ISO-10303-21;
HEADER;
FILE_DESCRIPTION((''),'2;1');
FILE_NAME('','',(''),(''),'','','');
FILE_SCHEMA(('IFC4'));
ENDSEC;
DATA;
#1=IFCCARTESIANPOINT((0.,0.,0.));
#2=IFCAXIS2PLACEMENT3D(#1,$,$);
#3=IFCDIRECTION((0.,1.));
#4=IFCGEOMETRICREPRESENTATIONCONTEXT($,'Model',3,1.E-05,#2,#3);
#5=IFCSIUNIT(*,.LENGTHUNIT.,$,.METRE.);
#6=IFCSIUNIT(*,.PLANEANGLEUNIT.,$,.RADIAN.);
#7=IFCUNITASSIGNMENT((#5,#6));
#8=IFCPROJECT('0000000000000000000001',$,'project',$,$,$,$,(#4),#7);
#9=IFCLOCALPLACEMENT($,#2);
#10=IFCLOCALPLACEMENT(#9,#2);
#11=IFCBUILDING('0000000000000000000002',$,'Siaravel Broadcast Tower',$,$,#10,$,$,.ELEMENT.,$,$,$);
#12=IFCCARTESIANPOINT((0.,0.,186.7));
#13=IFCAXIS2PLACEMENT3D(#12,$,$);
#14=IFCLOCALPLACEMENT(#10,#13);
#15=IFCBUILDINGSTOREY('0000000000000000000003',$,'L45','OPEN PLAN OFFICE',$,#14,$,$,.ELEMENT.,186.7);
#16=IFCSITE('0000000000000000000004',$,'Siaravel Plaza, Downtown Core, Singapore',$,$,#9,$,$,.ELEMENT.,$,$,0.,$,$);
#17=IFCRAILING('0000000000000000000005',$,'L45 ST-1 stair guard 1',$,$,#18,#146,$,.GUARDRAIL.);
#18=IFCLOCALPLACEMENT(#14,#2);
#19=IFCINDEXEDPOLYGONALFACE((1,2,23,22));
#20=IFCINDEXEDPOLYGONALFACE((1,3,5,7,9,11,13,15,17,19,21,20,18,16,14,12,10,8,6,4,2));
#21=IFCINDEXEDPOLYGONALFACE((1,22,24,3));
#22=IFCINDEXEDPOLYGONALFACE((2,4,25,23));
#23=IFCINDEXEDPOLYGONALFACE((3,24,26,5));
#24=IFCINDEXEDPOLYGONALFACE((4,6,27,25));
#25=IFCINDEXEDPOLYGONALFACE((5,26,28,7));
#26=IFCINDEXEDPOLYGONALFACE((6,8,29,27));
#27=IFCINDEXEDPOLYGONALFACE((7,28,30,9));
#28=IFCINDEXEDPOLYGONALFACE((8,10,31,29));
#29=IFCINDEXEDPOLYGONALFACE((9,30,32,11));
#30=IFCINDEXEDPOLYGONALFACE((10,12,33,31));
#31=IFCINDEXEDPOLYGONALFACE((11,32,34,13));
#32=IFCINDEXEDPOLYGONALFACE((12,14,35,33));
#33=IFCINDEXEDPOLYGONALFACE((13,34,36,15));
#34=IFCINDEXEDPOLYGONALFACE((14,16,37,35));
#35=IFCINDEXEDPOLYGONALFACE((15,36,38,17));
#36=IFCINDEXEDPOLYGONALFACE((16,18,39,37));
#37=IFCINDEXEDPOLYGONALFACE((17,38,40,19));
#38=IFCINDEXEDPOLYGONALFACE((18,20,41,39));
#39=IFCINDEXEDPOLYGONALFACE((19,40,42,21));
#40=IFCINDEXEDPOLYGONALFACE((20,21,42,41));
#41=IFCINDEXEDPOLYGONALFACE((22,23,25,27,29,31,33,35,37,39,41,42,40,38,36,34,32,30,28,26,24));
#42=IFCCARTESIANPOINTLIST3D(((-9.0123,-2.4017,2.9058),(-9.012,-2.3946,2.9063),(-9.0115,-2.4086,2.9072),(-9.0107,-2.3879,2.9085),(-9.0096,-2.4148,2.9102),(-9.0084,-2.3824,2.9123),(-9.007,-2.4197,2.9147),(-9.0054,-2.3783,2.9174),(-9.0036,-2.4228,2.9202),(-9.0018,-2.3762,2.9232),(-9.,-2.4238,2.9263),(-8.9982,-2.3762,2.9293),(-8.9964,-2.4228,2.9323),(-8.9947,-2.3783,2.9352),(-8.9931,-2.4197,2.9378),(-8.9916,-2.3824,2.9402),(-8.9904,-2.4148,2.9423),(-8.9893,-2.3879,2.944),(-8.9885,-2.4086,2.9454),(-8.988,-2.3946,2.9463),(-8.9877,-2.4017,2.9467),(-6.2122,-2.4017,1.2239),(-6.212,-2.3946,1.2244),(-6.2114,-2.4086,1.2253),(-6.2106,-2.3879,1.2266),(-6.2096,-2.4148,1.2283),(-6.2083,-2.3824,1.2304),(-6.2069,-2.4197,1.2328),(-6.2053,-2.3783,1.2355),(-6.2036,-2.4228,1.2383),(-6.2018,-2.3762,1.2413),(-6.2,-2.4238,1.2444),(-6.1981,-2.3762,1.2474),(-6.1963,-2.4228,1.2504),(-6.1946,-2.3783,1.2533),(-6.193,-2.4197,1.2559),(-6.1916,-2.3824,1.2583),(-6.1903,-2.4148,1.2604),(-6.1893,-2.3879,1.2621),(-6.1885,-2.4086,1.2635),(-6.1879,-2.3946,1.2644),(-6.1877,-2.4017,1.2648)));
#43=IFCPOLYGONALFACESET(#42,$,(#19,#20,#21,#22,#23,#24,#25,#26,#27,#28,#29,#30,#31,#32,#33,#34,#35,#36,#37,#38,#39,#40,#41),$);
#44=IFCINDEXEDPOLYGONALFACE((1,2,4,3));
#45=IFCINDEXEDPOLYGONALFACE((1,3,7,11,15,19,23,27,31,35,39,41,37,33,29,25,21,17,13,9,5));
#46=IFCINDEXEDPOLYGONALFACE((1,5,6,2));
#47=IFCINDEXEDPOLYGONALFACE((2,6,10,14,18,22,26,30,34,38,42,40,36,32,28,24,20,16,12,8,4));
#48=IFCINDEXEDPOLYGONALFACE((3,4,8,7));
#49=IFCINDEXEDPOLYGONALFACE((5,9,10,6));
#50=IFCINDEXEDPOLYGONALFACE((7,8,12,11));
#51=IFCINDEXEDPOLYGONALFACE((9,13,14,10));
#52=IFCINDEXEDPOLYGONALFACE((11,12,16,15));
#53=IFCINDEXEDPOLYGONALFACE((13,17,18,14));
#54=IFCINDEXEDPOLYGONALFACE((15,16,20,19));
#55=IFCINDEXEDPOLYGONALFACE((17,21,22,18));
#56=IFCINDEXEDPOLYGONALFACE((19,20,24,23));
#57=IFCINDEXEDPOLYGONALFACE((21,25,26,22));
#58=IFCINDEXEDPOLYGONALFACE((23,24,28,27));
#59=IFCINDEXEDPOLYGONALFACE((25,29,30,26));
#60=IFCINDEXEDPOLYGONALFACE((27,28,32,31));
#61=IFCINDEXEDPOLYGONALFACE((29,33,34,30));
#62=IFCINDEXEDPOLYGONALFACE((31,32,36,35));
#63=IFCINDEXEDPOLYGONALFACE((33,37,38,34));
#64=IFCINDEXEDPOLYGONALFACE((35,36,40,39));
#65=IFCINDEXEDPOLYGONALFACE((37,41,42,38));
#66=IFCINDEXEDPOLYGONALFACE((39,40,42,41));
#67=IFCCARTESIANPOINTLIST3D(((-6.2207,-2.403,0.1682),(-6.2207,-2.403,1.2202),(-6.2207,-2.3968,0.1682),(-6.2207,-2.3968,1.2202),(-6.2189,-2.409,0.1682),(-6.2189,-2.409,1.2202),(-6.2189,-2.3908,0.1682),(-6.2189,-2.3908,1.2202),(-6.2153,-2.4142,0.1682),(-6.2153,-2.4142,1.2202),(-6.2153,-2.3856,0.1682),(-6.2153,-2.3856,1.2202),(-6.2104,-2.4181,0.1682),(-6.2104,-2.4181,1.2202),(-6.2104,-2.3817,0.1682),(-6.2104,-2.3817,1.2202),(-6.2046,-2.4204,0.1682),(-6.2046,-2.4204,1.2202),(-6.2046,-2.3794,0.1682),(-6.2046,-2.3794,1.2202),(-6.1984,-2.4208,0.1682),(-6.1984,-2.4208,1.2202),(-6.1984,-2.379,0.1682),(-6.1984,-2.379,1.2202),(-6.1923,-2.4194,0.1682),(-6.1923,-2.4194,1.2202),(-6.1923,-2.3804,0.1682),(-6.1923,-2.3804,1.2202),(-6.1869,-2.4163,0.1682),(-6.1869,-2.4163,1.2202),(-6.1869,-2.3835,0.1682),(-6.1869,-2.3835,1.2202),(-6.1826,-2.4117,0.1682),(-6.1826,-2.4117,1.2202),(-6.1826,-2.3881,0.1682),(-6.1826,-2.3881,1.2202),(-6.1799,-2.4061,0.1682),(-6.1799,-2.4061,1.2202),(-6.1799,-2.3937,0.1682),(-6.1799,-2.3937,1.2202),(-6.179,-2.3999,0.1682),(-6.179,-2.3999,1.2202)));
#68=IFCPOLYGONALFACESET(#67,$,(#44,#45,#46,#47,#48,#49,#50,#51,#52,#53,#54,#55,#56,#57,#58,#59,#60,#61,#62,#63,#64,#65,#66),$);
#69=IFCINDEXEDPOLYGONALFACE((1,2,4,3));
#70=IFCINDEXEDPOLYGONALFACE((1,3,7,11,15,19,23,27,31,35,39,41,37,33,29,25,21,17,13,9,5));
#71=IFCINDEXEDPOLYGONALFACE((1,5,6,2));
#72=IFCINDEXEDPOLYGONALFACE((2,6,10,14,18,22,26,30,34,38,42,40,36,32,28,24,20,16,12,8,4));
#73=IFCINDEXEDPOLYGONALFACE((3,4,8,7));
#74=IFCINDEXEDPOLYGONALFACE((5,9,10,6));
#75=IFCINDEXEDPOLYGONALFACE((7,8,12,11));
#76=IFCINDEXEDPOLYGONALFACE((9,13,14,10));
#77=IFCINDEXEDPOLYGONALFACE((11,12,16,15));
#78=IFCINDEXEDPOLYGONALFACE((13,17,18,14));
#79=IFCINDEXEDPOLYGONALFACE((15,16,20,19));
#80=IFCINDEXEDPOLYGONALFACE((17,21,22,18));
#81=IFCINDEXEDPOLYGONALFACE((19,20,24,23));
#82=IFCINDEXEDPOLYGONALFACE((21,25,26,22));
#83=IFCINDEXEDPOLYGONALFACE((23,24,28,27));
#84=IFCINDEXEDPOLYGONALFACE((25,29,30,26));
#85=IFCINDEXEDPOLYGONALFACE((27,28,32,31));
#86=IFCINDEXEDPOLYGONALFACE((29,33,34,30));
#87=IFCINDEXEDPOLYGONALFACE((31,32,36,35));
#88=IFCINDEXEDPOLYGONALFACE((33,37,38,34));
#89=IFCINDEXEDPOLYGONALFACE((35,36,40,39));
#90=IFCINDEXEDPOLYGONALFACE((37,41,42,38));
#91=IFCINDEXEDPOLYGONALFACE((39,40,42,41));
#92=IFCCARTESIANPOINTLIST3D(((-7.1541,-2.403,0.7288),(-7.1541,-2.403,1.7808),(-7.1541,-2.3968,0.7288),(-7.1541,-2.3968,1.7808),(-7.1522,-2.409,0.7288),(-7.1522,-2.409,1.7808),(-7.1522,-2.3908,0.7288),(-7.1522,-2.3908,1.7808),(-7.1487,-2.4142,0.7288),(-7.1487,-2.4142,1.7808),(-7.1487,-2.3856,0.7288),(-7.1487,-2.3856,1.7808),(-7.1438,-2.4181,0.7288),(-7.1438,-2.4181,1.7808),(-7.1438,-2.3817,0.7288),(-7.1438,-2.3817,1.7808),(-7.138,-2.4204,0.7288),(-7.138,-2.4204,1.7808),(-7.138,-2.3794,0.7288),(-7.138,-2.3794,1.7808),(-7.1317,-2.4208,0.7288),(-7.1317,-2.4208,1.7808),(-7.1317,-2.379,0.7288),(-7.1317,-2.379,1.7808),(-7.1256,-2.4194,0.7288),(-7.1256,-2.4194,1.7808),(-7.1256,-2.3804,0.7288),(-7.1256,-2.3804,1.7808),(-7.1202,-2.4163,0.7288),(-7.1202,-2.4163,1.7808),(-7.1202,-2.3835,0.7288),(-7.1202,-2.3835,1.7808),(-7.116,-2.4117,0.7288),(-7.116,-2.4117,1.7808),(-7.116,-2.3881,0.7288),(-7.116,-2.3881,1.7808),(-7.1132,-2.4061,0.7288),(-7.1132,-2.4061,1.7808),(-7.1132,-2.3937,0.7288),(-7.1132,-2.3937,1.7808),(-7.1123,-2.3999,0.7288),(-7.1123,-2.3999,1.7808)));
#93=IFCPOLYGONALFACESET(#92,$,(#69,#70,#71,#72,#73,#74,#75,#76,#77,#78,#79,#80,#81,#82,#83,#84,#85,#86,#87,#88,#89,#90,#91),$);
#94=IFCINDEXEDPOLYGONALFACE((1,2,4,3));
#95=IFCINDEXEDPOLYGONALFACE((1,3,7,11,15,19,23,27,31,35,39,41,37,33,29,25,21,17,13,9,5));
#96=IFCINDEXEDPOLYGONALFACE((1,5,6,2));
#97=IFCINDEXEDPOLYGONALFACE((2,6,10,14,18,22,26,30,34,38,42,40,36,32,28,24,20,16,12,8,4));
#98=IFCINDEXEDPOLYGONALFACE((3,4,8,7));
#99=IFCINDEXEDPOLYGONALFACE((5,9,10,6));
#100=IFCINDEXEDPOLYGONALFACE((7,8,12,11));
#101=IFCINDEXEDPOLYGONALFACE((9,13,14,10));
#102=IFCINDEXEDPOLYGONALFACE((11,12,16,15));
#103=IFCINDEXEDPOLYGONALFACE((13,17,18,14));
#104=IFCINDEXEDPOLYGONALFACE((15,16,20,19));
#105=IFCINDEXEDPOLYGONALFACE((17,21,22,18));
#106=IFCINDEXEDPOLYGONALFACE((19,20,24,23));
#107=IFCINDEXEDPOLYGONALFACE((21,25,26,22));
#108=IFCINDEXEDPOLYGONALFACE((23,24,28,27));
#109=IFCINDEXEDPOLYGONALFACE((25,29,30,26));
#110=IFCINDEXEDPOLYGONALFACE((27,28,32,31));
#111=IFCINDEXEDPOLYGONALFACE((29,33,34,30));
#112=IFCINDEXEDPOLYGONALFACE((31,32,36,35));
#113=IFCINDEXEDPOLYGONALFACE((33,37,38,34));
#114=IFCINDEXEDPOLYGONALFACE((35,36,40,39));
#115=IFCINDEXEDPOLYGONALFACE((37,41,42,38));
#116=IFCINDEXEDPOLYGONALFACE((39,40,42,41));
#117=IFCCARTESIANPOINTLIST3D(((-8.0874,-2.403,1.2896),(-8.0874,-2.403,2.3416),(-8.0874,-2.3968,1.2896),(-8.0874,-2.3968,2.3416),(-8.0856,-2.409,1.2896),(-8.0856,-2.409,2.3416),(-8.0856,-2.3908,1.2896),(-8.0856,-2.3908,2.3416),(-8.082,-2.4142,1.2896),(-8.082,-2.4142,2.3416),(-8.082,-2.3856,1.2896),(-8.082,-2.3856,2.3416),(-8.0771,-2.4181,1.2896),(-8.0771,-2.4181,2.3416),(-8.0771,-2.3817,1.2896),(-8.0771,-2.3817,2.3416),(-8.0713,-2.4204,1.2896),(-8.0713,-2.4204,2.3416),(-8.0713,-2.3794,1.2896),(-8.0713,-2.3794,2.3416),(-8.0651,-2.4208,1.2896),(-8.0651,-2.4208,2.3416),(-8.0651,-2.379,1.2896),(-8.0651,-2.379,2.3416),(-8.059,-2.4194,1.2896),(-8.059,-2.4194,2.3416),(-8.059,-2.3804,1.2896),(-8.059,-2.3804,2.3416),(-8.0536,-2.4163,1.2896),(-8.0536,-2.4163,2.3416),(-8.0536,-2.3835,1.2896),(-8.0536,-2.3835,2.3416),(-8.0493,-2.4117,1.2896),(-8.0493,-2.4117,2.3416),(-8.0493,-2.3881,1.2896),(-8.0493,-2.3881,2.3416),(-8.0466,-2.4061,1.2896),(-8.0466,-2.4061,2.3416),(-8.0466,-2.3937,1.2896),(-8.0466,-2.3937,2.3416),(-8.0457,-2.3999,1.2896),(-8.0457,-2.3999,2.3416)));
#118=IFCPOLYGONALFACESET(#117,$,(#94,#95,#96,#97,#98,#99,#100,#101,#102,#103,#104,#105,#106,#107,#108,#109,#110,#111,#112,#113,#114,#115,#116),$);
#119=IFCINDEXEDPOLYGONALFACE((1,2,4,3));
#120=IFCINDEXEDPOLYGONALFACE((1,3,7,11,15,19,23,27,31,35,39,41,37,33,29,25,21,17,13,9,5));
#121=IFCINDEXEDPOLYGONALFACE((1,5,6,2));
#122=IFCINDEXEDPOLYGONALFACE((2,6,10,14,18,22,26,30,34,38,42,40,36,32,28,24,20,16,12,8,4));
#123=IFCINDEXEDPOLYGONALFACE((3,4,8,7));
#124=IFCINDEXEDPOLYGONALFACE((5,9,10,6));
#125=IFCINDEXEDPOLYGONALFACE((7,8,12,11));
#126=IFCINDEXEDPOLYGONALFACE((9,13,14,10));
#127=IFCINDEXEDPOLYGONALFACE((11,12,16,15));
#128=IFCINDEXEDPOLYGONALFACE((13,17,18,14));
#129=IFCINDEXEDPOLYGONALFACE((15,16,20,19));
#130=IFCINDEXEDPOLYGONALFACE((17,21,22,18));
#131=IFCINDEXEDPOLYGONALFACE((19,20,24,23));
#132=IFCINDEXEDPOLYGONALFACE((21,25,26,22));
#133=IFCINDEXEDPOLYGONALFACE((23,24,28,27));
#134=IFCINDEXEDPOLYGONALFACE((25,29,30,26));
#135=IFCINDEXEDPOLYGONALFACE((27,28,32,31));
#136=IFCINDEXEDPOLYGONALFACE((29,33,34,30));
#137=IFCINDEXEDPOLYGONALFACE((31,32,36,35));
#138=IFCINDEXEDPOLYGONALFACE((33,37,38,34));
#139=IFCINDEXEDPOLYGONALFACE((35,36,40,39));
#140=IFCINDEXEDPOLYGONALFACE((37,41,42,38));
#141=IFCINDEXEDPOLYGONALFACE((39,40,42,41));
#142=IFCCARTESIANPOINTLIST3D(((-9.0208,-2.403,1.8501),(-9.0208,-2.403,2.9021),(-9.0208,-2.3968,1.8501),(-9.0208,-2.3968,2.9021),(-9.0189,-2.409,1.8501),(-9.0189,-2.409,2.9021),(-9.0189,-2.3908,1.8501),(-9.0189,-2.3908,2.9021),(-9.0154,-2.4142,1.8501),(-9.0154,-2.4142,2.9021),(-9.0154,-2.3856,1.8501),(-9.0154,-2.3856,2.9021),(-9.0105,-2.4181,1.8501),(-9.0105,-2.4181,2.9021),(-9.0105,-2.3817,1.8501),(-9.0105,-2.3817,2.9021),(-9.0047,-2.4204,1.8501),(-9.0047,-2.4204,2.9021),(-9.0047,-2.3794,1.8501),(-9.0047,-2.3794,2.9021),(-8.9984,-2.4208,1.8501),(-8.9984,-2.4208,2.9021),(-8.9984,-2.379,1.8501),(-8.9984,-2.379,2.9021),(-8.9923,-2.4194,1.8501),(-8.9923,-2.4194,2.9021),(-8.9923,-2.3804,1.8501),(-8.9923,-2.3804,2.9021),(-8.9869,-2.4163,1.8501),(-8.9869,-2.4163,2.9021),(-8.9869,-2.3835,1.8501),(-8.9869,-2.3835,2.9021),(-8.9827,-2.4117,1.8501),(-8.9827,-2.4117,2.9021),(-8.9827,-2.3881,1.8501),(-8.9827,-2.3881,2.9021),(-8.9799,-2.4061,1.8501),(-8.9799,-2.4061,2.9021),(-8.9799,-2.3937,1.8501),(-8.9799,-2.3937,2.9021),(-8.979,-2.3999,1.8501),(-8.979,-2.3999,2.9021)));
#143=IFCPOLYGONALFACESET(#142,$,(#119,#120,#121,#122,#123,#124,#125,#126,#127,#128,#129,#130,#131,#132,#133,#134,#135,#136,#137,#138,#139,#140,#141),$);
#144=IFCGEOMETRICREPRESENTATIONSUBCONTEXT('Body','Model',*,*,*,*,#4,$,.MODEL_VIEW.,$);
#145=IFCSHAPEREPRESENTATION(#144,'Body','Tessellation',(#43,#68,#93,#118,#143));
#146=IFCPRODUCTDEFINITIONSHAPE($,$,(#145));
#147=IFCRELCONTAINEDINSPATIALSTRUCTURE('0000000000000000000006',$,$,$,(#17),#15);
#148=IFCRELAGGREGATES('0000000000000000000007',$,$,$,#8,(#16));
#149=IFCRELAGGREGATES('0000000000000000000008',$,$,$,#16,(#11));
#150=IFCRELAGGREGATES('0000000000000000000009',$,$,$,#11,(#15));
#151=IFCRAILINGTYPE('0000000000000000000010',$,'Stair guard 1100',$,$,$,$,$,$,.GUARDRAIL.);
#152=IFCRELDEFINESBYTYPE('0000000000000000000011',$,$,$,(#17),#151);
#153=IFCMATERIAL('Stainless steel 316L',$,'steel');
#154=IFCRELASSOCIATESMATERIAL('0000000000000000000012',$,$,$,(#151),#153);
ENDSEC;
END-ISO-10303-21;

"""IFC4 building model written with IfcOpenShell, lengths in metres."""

from ifc_helpers import new_model, si_unit, direction, frame, origin, origin_2d, place, context, subcontext, project, spatial, circle, extrude, material, type_object, element, save


model = new_model("IFC4")

# Units and contexts
model_context = context("Model", 3, precision=1e-05, world=origin(), true_north=direction((0.0, 1.0)))
body_context = subcontext(model_context, "Body", "Model", "MODEL_VIEW")
ifc_project = project(units=[si_unit("LENGTHUNIT", "METRE"), si_unit("PLANEANGLEUNIT", "RADIAN")], contexts=[model_context])

# Site, building, storey
site_placement = place(None, origin())
site = spatial("IfcSite", under=ifc_project, at=site_placement, Name="Siaravel Plaza, Downtown Core, Singapore", CompositionType="ELEMENT", RefElevation=0.0)
building_placement = place(site_placement, origin())
building = spatial("IfcBuilding", under=site, at=building_placement, Name="Siaravel Broadcast Tower", CompositionType="ELEMENT")
storey_placement = place(building_placement, frame((0.0, 0.0, 186.7)))
storey = spatial("IfcBuildingStorey", under=building, at=storey_placement, Name="L45", Description="OPEN PLAN OFFICE", CompositionType="ELEMENT", Elevation=186.7)

# Shared definitions
ifc_material_1 = material(Name="Stainless steel 316L", Category="steel")

# Railing
railing_type_1 = type_object("IfcRailingType", Name="Stair guard 1100", PredefinedType="GUARDRAIL", material=ifc_material_1)
railing_1_placement = place(storey_placement, frame((-6.2, -2.3999, 0.1682)))
element("IfcRailing", 1, at=railing_1_placement, inside=storey, type_object=railing_type_1, Name="L45 ST-1 stair guard 1", PredefinedType="GUARDRAIL", context=body_context, shape_type="SweptSolid", body=[
    extrude(circle(Radius=0.0239, at=origin_2d()), frame((0.0, 0.0, 1.0762), z_axis=(-0.857242, 0.0, 0.514913), x_axis=(0.0, -1.0, 0.0)), (0.0, 0.0, 1.0), 3.2664),
    extrude(circle(Radius=0.021, at=origin_2d()), origin(), (0.0, 0.0, 1.0), 1.052),
    extrude(circle(Radius=0.021, at=origin_2d()), frame((-0.9333, 0.0, 0.5605)), (0.0, 0.0, 1.0), 1.052),
    extrude(circle(Radius=0.021, at=origin_2d()), frame((-1.8667, 0.0, 1.1213)), (0.0, 0.0, 1.0), 1.052),
    extrude(circle(Radius=0.021, at=origin_2d()), frame((-2.8, 0.0, 1.6819)), (0.0, 0.0, 1.0), 1.052),
])

save(model, "model.ifc")
